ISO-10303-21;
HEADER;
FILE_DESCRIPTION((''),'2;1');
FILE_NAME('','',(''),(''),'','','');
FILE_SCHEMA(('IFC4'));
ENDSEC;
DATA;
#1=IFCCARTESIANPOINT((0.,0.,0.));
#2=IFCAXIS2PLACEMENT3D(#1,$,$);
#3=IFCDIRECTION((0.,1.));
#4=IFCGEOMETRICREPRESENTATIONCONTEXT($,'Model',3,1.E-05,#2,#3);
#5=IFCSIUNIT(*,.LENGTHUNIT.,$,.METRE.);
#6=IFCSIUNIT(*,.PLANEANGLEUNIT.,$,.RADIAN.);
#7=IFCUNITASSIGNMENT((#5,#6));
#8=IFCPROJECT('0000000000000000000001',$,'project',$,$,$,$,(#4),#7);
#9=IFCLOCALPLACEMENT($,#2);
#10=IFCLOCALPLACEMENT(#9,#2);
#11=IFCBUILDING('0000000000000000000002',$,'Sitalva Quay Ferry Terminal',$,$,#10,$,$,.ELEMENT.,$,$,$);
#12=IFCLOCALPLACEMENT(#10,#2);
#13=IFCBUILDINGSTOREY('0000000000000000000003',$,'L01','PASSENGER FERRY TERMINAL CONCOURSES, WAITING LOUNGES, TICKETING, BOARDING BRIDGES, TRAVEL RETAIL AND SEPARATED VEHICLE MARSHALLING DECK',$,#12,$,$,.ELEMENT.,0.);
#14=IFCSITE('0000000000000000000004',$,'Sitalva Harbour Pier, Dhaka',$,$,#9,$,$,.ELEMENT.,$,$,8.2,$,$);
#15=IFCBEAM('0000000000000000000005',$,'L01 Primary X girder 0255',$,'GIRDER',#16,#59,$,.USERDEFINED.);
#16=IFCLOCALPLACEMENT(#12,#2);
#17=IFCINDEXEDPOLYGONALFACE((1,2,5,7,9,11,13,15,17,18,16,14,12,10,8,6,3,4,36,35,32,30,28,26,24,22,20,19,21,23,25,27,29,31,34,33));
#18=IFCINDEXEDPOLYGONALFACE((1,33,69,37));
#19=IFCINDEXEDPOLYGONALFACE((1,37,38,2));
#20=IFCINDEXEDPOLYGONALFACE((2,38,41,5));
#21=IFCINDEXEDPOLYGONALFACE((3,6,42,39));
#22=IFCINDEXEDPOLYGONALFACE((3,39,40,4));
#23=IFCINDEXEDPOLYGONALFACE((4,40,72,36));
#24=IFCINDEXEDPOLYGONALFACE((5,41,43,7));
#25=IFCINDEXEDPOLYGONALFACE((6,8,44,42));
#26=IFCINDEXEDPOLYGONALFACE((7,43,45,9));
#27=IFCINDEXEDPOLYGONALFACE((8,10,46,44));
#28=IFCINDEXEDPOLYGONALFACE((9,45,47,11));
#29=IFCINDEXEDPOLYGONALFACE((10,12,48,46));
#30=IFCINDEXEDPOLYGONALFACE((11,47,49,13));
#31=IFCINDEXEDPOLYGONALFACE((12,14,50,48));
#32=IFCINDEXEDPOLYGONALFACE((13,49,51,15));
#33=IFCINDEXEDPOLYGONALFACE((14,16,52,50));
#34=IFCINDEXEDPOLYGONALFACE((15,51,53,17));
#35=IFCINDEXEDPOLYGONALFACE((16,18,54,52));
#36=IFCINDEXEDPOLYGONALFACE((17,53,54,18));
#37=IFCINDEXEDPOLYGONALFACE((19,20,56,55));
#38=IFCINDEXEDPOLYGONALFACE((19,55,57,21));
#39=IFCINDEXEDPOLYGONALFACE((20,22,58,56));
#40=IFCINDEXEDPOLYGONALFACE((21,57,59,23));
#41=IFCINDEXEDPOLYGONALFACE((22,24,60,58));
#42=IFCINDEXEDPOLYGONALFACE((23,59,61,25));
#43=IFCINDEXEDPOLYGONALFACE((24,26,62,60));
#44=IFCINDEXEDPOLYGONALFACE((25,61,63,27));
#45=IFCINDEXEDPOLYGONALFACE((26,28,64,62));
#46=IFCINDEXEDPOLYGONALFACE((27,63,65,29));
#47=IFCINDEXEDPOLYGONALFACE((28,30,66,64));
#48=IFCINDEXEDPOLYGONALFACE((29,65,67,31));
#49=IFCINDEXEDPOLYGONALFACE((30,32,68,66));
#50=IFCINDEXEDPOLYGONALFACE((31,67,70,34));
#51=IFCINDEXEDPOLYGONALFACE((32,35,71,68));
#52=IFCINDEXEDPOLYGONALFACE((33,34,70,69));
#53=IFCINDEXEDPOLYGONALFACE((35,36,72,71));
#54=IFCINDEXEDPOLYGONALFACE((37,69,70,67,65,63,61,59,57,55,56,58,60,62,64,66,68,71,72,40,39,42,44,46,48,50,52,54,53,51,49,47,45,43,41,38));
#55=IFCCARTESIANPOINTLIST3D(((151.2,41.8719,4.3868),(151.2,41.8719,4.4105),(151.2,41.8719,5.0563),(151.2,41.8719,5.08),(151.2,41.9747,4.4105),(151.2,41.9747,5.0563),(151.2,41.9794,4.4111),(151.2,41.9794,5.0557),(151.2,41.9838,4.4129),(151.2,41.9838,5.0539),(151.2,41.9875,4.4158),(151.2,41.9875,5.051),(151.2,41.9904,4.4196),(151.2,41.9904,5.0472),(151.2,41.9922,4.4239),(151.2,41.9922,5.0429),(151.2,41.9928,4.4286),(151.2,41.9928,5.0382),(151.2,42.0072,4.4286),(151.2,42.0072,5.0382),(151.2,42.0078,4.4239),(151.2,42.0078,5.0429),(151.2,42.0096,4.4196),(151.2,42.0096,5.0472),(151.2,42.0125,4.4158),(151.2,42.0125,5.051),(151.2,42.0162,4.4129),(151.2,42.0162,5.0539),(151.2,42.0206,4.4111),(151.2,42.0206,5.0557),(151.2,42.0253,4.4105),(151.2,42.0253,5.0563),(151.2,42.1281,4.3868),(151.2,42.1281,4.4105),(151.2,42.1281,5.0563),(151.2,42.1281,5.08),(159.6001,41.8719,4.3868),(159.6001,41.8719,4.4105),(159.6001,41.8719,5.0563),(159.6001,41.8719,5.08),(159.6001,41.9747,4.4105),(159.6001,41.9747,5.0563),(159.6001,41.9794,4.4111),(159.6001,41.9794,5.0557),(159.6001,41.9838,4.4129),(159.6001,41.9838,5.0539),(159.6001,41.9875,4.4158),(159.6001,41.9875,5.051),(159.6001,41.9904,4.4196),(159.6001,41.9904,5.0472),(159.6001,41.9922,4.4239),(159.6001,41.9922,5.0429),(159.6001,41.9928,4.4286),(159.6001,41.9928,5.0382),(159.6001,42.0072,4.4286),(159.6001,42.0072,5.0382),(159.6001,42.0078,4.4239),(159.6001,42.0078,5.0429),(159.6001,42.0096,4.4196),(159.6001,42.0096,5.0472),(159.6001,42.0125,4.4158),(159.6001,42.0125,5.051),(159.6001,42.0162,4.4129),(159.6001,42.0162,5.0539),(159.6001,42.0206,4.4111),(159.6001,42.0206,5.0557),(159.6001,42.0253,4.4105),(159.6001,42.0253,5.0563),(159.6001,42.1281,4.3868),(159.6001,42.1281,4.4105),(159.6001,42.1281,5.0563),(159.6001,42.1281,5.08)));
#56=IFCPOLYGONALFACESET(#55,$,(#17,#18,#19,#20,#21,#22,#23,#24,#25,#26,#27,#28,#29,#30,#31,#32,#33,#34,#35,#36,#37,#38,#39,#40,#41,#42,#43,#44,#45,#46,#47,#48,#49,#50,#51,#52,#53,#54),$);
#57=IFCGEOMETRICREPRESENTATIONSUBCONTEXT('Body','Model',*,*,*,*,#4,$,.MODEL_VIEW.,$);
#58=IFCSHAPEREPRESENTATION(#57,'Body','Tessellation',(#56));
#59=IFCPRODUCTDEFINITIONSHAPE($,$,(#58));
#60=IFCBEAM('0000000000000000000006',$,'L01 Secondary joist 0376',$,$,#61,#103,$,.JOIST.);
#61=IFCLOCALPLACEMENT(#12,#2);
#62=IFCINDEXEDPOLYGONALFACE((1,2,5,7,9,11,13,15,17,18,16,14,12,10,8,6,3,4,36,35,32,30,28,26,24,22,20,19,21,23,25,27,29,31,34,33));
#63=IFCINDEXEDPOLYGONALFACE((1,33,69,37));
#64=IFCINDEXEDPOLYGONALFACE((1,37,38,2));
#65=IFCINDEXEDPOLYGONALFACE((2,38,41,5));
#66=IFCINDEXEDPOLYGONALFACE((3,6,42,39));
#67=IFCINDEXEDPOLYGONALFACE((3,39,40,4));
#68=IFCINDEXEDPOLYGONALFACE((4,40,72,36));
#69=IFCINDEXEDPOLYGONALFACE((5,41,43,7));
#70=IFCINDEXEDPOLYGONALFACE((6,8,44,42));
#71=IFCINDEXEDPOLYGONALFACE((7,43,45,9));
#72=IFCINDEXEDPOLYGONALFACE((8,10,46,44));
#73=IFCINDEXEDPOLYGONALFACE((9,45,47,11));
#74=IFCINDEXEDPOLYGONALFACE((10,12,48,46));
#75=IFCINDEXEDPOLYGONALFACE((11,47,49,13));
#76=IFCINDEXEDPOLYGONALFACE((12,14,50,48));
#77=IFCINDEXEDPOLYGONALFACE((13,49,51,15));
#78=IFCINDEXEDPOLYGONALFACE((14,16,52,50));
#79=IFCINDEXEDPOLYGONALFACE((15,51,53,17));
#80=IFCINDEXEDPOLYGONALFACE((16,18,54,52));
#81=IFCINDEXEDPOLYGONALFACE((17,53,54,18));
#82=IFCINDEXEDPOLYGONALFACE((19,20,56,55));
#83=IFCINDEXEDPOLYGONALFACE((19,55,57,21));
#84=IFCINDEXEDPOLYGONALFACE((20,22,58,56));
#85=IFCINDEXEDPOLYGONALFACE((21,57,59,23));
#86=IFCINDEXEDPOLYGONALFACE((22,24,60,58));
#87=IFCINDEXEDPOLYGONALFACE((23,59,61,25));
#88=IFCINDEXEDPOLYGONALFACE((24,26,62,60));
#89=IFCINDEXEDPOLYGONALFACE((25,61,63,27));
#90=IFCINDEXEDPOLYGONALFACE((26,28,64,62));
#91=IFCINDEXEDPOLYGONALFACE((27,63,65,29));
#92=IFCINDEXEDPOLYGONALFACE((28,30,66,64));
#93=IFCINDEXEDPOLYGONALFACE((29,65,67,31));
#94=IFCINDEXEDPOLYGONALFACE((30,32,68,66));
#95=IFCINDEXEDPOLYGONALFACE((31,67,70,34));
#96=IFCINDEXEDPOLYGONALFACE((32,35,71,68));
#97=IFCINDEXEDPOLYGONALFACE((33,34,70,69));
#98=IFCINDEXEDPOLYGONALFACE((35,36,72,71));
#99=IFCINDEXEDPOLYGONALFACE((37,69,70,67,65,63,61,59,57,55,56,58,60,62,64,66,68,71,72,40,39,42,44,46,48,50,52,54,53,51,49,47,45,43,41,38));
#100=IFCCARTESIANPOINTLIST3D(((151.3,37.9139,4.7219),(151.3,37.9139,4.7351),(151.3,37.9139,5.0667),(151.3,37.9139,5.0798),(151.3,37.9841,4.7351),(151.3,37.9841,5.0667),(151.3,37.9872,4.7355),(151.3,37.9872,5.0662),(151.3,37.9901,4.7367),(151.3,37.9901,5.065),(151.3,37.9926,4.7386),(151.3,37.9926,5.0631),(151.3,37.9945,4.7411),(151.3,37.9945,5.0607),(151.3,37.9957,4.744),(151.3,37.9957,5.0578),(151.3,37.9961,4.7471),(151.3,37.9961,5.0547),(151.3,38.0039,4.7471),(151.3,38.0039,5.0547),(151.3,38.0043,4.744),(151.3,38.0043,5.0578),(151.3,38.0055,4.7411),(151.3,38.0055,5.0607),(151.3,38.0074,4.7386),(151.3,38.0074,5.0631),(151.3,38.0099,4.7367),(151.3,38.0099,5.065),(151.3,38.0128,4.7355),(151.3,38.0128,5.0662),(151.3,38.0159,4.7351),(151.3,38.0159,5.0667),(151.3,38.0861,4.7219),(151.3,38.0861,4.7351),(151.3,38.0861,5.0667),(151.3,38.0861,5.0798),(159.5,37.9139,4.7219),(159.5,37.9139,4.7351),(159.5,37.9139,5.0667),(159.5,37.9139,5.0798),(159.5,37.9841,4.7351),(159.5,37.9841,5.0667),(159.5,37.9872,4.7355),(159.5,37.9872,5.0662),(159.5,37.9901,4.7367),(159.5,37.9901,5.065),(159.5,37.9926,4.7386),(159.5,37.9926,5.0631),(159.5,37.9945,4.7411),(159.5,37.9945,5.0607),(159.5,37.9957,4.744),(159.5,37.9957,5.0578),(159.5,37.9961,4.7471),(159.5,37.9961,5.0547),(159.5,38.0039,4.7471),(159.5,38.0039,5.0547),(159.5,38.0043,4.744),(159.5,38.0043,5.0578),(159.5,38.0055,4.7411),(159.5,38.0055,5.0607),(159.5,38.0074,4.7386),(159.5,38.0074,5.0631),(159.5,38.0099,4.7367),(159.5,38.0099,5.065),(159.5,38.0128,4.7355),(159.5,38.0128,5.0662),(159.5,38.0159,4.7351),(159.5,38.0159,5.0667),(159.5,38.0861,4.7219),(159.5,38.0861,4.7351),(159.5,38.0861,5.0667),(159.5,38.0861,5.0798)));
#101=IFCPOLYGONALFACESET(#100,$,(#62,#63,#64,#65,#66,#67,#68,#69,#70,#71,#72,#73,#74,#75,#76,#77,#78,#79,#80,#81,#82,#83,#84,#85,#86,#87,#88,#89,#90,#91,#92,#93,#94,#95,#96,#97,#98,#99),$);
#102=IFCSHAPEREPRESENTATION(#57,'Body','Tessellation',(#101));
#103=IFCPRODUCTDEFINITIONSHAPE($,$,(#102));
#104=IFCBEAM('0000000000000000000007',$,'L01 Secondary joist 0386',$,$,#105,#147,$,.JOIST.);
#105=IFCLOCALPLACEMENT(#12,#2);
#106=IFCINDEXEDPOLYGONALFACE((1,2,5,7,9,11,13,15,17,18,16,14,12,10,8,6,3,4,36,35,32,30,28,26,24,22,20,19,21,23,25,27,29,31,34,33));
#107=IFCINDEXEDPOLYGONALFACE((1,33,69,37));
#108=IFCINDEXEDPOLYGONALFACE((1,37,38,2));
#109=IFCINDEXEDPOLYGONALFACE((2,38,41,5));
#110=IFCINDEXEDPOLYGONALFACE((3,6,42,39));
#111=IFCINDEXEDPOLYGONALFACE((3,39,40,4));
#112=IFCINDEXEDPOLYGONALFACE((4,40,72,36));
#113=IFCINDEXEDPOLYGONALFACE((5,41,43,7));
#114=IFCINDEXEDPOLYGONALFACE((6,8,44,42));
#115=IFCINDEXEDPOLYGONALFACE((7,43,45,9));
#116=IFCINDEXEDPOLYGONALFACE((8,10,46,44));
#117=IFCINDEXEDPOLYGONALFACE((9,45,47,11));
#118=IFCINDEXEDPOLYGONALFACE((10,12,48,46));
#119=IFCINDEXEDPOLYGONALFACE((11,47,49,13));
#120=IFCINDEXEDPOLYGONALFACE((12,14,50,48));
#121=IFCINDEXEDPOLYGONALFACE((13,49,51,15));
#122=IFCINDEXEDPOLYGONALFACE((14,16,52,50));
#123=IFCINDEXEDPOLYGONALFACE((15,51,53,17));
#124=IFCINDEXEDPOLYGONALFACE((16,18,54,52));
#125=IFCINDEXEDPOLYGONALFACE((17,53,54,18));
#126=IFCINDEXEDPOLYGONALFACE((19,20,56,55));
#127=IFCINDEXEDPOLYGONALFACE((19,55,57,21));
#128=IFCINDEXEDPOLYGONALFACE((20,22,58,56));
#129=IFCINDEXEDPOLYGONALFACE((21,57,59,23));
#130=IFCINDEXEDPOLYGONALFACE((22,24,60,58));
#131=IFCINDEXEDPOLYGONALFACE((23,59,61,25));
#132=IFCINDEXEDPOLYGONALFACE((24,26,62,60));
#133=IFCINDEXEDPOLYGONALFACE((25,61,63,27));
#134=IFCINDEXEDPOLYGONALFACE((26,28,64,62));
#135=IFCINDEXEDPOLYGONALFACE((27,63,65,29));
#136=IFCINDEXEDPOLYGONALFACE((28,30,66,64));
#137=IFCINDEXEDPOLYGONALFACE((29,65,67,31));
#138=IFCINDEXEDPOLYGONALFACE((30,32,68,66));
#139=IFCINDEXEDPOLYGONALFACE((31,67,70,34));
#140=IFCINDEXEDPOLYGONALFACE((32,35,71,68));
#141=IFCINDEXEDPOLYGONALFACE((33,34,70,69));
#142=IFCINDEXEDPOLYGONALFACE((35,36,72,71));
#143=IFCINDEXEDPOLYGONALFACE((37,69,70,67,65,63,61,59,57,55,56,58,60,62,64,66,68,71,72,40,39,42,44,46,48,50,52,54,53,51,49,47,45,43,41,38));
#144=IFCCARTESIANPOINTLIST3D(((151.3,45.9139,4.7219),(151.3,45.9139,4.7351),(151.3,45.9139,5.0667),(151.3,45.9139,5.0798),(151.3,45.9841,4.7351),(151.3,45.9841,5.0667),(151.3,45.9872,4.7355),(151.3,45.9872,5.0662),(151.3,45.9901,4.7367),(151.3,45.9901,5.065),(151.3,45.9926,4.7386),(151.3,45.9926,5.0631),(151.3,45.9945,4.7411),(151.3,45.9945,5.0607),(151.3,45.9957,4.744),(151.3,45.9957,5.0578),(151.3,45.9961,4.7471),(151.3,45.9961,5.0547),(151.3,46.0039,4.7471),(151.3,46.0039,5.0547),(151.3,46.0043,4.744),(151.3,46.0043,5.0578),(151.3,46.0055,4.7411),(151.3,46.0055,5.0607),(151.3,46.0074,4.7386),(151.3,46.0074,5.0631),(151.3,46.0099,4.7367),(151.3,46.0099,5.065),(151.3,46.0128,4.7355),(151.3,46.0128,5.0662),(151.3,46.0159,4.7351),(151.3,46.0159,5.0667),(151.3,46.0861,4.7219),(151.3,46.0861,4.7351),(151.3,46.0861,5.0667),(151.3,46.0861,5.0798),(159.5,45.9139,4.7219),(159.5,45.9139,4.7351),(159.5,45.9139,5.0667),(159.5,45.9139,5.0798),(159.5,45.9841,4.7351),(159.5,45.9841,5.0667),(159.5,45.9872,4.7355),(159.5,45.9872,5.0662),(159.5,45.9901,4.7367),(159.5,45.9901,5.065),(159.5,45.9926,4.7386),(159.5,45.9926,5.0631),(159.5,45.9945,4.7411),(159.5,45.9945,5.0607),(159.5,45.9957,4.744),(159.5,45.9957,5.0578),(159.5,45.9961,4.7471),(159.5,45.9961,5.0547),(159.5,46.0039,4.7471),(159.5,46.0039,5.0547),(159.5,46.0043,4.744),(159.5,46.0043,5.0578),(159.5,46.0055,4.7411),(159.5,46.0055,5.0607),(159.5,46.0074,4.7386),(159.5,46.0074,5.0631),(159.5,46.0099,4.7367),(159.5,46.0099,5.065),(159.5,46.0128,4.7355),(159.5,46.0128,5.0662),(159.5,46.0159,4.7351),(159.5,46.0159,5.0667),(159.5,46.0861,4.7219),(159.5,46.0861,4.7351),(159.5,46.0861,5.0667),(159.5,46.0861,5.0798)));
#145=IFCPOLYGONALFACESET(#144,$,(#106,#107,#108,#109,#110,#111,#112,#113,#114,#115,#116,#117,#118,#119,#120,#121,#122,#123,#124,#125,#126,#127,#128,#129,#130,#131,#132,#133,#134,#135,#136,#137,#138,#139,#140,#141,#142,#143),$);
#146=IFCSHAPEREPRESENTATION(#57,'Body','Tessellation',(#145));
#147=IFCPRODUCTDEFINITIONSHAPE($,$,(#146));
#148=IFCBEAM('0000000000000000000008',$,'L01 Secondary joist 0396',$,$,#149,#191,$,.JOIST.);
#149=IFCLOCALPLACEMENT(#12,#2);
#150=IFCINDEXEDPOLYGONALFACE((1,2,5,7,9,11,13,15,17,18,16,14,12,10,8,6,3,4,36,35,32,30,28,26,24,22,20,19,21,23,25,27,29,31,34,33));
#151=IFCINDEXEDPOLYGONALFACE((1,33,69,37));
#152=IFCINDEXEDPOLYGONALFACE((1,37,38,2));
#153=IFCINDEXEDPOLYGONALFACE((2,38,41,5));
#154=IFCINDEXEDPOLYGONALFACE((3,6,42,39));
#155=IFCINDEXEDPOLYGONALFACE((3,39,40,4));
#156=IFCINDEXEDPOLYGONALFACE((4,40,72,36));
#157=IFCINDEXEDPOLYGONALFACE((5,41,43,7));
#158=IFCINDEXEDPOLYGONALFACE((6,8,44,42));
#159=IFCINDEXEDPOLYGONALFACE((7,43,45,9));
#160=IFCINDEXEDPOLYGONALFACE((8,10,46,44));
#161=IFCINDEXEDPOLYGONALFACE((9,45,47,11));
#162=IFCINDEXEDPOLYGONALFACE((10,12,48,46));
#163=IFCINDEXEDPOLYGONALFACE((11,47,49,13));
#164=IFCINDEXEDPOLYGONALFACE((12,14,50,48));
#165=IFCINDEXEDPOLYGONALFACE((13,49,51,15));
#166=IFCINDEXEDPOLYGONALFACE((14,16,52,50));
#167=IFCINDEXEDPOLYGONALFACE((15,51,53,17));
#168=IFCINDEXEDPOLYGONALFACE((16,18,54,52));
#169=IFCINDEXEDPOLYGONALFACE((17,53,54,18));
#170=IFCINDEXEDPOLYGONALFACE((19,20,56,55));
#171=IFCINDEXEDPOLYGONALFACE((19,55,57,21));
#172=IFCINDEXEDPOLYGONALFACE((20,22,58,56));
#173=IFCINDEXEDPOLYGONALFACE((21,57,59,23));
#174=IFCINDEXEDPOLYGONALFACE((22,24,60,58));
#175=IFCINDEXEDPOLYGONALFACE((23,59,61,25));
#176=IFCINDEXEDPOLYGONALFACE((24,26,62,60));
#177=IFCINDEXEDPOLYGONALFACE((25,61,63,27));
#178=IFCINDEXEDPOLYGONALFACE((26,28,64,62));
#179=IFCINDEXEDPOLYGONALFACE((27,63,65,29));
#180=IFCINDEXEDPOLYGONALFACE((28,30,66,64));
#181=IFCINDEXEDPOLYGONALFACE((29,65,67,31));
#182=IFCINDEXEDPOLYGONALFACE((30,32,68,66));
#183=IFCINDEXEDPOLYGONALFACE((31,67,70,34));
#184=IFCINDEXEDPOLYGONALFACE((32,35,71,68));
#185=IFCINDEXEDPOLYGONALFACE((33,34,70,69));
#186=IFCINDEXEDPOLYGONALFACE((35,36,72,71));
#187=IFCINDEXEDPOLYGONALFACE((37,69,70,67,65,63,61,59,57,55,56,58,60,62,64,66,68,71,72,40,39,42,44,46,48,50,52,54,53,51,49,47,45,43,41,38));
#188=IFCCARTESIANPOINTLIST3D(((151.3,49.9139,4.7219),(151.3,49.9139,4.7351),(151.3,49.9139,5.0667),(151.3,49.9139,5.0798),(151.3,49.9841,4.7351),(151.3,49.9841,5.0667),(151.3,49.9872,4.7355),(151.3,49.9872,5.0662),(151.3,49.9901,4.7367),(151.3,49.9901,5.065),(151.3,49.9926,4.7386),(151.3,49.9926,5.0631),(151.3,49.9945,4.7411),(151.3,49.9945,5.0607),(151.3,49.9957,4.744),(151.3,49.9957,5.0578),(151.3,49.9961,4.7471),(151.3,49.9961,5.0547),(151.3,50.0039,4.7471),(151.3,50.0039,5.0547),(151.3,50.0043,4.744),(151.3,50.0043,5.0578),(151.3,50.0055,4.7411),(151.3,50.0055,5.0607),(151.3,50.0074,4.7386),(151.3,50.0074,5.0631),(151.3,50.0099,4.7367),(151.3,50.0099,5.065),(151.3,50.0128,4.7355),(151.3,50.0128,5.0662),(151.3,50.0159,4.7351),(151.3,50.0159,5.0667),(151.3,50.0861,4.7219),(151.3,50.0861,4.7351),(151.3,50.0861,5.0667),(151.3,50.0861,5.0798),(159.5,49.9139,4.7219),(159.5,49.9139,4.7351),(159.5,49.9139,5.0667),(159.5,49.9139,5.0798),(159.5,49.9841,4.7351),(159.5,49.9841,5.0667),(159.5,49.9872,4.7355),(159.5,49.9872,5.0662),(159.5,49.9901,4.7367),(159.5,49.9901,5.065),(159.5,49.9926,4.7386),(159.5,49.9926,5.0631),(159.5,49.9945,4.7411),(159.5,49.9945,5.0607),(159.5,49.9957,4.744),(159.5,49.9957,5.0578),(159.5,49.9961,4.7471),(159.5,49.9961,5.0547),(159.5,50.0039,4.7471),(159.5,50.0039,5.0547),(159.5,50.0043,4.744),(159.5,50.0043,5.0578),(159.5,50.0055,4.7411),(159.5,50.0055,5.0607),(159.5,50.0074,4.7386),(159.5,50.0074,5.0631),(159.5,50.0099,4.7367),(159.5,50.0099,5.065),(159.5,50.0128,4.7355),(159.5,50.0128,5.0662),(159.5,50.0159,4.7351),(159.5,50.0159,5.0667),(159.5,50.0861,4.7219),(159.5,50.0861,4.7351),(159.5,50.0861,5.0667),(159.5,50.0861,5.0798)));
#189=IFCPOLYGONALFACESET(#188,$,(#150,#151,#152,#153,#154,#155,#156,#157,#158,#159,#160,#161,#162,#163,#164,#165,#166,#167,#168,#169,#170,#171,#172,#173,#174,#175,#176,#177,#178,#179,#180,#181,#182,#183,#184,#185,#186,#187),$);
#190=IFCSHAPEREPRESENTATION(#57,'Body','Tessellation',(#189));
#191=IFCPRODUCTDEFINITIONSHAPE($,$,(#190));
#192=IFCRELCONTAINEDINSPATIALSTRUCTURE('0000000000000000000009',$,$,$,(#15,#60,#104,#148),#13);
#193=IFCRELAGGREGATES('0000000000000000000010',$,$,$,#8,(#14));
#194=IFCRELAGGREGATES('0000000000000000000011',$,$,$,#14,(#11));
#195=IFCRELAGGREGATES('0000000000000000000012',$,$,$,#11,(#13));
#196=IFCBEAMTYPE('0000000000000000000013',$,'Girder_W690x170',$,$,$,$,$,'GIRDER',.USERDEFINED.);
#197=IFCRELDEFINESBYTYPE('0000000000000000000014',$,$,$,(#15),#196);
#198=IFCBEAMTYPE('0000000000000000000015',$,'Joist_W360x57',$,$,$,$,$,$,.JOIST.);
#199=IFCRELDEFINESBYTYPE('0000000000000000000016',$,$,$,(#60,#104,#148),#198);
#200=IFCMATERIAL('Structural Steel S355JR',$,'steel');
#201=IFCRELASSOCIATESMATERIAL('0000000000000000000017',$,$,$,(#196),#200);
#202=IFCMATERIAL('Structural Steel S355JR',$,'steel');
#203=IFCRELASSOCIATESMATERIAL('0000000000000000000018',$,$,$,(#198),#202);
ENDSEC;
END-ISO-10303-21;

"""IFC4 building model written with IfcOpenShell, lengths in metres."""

from ifc_helpers import new_model, si_unit, direction, frame, origin, origin_2d, place, context, subcontext, project, spatial, i_section, extrude, material, material_profile, profile_set, type_object, element, save


model = new_model("IFC4")

# Units and contexts
model_context = context("Model", 3, precision=1e-05, world=origin(), true_north=direction((0.0, 1.0)))
body_context = subcontext(model_context, "Body", "Model", "MODEL_VIEW")
ifc_project = project(units=[si_unit("LENGTHUNIT", "METRE"), si_unit("PLANEANGLEUNIT", "RADIAN")], contexts=[model_context])

# Site, building, storey
site_placement = place(None, origin())
site = spatial("IfcSite", under=ifc_project, at=site_placement, Name="Sitalva Harbour Pier, Dhaka", CompositionType="ELEMENT", RefElevation=8.2)
building_placement = place(site_placement, origin())
building = spatial("IfcBuilding", under=site, at=building_placement, Name="Sitalva Quay Ferry Terminal", CompositionType="ELEMENT")
storey_placement = place(building_placement, origin())
storey = spatial("IfcBuildingStorey", under=building, at=storey_placement, Name="L01", Description="PASSENGER FERRY TERMINAL CONCOURSES, WAITING LOUNGES, TICKETING, BOARDING BRIDGES, TRAVEL RETAIL AND SEPARATED VEHICLE MARSHALLING DECK", CompositionType="ELEMENT", Elevation=0.0)

# Beams
ifc_material_1 = material(Name="Structural Steel S355JR", Category="steel")
ifc_material_profile_1 = material_profile(ifc_material_1, i_section(OverallWidth=0.2561, OverallDepth=0.6931, WebThickness=0.0144, FlangeThickness=0.0237, FilletRadius=0.0181, at=origin_2d()), Name="W690x170")
ifc_profile_set_1 = profile_set([ifc_material_profile_1], Name="Structural Steel S355JR")
beam_type_1 = type_object("IfcBeamType", Name="Girder_W690x170", ElementType="GIRDER", PredefinedType="USERDEFINED", material=ifc_profile_set_1)
beam_1_placement = place(storey_placement, frame((151.2, 42.0, 4.7334), z_axis=(1.0, 0.0, 0.0), x_axis=(0.0, 1.0, 0.0)))
element("IfcBeam", 1, at=beam_1_placement, inside=storey, type_object=beam_type_1, Name="L01 Primary X girder 0255", ObjectType="GIRDER", PredefinedType="USERDEFINED", context=body_context, shape_type="SweptSolid", body=[
    extrude(i_section(OverallWidth=0.2561, OverallDepth=0.6931, WebThickness=0.0144, FlangeThickness=0.0237, FilletRadius=0.0181, at=origin_2d()), origin(), (0.0, 0.0, 1.0), 8.4001),
])
ifc_material_2 = material(Name="Structural Steel S355JR", Category="steel")
ifc_material_profile_2 = material_profile(ifc_material_2, i_section(OverallWidth=0.1721, OverallDepth=0.3579, WebThickness=0.0078, FlangeThickness=0.0132, FilletRadius=0.012, at=origin_2d()), Name="W360x57")
ifc_profile_set_2 = profile_set([ifc_material_profile_2], Name="Structural Steel S355JR")
beam_type_2 = type_object("IfcBeamType", Name="Joist_W360x57", PredefinedType="JOIST", material=ifc_profile_set_2)
for number, where, z_axis, x_axis, name in (
    (2, (151.3, 38.0, 4.9009), (1.0, 0.0, 0.0), (0.0, 1.0, 0.0), "L01 Secondary joist 0376"),
    (3, (151.3, 46.0, 4.9009), (1.0, 0.0, 0.0), (0.0, 1.0, 0.0), "L01 Secondary joist 0386"),
    (4, (151.3, 50.0, 4.9009), (1.0, 0.0, 0.0), (0.0, 1.0, 0.0), "L01 Secondary joist 0396"),
):
    element("IfcBeam", number, at=place(storey_placement, frame(where, z_axis=z_axis, x_axis=x_axis)), inside=storey, type_object=beam_type_2, Name=name, PredefinedType="JOIST", context=body_context, shape_type="SweptSolid", body=[
        extrude(i_section(OverallWidth=0.1721, OverallDepth=0.3579, WebThickness=0.0078, FlangeThickness=0.0132, FilletRadius=0.012, at=origin_2d()), origin(), (0.0, 0.0, 1.0), 8.2),
    ])

save(model, "model.ifc")
